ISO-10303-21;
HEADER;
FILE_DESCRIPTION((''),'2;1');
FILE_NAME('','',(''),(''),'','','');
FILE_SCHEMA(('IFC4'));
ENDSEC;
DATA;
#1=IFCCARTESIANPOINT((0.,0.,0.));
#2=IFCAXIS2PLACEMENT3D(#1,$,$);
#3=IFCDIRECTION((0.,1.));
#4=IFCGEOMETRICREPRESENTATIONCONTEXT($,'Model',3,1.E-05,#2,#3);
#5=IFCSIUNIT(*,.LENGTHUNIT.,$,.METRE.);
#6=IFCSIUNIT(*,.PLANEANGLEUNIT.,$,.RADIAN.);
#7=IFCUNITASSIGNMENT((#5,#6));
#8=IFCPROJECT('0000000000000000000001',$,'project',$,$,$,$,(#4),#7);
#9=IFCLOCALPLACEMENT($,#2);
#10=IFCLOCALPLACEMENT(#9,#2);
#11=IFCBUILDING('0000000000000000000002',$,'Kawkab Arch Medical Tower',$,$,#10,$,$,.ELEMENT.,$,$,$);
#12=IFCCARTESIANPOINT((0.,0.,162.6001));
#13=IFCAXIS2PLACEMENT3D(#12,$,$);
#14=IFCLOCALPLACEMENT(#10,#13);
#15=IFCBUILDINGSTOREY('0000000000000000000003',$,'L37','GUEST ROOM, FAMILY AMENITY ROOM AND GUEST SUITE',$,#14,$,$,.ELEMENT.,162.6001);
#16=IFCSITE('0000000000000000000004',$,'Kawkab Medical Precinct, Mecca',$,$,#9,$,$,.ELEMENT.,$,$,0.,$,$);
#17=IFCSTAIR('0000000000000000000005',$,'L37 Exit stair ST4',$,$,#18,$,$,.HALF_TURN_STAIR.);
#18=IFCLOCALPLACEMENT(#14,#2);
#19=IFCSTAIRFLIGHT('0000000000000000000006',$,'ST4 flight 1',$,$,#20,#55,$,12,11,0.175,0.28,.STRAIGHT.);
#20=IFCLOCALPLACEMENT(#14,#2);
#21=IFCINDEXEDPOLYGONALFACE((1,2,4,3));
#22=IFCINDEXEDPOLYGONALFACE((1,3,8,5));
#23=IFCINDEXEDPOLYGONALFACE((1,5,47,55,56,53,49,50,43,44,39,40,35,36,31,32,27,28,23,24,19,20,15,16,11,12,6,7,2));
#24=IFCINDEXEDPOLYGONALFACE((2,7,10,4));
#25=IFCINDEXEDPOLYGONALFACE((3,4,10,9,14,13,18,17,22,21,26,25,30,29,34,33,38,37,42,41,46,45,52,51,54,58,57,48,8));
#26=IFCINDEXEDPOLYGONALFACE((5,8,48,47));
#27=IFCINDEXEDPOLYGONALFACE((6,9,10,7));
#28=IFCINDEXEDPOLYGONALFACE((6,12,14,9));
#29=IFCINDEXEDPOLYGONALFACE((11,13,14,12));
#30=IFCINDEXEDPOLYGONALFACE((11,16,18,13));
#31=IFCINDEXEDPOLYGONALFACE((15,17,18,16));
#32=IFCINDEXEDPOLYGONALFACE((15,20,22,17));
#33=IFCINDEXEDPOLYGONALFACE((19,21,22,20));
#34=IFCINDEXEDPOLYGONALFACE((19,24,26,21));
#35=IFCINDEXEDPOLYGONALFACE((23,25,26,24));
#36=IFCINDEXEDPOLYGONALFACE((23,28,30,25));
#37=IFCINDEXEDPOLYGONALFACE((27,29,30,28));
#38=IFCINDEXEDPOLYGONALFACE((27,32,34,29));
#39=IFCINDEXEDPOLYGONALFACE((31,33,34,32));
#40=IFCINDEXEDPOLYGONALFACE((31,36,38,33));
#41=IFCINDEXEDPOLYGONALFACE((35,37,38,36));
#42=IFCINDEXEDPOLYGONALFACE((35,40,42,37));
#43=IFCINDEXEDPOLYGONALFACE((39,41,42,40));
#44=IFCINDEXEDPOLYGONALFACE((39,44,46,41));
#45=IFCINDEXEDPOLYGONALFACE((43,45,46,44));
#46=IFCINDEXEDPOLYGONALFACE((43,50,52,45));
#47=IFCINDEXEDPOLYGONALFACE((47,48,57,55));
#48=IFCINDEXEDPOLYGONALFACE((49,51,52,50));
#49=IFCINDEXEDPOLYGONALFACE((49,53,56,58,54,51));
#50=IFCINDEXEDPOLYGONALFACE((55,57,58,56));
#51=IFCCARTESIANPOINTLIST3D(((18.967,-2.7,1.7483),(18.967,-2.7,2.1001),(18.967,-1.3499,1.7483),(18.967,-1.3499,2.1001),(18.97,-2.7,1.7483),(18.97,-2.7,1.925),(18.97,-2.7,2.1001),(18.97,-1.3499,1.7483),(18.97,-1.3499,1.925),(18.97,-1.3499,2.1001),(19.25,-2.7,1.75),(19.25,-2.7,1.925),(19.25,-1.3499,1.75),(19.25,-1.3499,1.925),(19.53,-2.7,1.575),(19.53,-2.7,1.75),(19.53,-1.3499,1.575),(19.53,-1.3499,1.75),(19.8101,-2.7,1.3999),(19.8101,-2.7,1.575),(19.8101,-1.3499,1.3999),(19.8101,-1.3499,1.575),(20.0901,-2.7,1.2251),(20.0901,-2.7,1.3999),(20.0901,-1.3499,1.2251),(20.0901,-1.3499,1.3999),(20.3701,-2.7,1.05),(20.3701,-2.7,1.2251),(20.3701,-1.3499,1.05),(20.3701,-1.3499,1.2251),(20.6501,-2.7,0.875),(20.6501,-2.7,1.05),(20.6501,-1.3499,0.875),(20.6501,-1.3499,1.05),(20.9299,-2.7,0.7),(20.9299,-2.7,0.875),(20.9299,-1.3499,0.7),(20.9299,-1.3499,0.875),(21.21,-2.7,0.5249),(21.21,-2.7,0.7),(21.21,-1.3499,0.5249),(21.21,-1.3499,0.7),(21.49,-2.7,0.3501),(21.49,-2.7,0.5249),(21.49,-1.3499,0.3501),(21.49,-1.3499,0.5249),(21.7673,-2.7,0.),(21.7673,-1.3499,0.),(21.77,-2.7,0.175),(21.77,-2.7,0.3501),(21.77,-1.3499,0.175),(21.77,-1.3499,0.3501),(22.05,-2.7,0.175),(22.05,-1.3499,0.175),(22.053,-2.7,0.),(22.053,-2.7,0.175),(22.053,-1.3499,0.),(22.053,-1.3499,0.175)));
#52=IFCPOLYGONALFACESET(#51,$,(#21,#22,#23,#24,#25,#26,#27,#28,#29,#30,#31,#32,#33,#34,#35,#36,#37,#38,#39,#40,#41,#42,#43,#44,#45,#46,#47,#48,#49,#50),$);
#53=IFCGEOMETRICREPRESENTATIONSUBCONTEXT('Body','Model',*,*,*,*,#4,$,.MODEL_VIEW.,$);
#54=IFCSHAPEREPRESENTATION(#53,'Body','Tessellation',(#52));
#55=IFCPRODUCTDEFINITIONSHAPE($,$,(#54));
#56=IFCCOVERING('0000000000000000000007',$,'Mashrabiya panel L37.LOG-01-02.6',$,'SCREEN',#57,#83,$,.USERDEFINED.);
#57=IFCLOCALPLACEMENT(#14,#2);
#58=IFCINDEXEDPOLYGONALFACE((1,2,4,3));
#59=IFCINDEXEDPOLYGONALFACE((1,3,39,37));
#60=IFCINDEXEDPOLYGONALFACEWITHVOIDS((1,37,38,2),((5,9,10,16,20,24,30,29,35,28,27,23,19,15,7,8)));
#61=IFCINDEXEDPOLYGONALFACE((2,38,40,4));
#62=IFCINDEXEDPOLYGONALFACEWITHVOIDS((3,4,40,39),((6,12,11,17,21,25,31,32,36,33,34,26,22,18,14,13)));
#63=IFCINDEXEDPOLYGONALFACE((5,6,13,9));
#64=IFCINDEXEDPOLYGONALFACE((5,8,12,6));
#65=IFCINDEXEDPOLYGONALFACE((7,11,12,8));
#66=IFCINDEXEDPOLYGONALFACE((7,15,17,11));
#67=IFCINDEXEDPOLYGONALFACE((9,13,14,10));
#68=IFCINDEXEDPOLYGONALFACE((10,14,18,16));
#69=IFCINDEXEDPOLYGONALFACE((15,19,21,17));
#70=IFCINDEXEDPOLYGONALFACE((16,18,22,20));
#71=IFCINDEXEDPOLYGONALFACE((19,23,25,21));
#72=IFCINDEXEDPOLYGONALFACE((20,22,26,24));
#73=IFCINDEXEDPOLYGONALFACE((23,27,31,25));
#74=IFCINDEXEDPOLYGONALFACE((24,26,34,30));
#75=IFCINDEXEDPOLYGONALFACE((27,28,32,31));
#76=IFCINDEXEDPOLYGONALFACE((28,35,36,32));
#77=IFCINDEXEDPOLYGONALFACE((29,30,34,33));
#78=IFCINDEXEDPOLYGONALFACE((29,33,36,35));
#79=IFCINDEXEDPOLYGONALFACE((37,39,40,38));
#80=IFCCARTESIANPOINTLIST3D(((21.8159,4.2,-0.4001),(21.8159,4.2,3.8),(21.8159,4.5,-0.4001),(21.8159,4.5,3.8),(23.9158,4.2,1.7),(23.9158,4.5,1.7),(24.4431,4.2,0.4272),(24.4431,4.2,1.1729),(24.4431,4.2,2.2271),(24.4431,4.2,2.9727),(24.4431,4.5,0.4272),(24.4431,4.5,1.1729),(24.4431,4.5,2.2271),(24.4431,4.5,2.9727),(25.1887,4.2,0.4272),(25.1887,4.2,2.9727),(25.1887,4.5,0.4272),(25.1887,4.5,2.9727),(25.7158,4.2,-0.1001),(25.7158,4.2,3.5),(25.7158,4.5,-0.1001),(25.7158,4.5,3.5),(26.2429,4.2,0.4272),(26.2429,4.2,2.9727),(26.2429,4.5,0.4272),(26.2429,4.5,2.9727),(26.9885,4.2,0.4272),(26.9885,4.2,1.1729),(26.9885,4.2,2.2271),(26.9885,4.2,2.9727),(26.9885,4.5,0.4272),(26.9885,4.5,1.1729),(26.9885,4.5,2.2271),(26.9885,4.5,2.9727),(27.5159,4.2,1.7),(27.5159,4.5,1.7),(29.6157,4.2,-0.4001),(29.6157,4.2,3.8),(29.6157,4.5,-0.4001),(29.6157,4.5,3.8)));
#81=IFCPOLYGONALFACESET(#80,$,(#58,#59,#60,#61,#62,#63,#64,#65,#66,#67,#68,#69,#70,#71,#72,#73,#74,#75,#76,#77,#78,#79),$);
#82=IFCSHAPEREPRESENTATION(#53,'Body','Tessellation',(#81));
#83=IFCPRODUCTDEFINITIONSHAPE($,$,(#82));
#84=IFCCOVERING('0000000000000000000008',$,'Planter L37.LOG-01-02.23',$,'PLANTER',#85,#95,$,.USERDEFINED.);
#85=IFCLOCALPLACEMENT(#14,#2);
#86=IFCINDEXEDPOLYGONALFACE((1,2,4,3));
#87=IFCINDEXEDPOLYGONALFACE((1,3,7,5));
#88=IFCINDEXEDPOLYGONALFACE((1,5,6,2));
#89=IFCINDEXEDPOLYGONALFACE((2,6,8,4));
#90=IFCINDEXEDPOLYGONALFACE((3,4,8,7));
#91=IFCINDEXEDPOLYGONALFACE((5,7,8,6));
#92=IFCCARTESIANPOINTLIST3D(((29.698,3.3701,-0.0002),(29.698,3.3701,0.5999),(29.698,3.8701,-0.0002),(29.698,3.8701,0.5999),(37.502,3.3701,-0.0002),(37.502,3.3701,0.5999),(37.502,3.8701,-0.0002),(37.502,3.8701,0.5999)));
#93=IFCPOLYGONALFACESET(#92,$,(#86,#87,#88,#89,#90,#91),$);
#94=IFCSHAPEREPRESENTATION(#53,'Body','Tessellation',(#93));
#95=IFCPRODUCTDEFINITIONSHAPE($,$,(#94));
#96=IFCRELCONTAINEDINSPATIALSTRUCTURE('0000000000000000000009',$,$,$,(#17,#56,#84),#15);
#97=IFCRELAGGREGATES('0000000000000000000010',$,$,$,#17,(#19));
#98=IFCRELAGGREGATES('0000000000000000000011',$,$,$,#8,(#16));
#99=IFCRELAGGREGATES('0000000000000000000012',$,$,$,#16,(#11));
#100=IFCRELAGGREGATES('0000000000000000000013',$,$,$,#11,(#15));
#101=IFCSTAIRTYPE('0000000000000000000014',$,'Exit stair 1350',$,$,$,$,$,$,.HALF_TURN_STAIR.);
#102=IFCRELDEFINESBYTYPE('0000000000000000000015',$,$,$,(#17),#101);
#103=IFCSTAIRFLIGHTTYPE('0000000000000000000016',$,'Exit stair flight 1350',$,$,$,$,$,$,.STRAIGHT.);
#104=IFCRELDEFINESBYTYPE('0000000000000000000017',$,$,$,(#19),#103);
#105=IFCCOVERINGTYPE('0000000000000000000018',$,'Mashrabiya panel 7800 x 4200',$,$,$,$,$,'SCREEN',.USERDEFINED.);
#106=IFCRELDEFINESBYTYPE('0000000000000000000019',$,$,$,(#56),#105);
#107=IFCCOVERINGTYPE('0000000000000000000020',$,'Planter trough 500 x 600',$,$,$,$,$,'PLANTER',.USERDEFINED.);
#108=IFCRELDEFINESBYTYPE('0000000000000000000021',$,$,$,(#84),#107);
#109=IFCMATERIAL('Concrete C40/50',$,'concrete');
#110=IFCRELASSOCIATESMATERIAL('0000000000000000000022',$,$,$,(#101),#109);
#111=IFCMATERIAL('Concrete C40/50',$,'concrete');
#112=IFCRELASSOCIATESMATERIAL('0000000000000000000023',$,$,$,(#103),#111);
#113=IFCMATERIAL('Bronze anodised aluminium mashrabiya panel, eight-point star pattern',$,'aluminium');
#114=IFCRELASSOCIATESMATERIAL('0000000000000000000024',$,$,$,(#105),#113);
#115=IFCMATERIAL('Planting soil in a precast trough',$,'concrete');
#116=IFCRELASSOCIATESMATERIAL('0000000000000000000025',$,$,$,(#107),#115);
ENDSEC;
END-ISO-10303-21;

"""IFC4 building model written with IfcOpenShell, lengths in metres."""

from ifc_helpers import new_model, si_unit, direction, frame, origin, origin_2d, place, context, subcontext, project, spatial, polyline, rectangle, outline, extrude, material, material_profile, profile_set, type_object, element, aggregate, save


model = new_model("IFC4")

# Units and contexts
model_context = context("Model", 3, precision=1e-05, world=origin(), true_north=direction((0.0, 1.0)))
body_context = subcontext(model_context, "Body", "Model", "MODEL_VIEW")
ifc_project = project(units=[si_unit("LENGTHUNIT", "METRE"), si_unit("PLANEANGLEUNIT", "RADIAN")], contexts=[model_context])

# Site, building, storey
site_placement = place(None, origin())
site = spatial("IfcSite", under=ifc_project, at=site_placement, Name="Kawkab Medical Precinct, Mecca", CompositionType="ELEMENT", RefElevation=0.0)
building_placement = place(site_placement, origin())
building = spatial("IfcBuilding", under=site, at=building_placement, Name="Kawkab Arch Medical Tower", CompositionType="ELEMENT")
storey_placement = place(building_placement, frame((0.0, 0.0, 162.6001)))
storey = spatial("IfcBuildingStorey", under=building, at=storey_placement, Name="L37", Description="GUEST ROOM, FAMILY AMENITY ROOM AND GUEST SUITE", CompositionType="ELEMENT", Elevation=162.6001)

# Shared definitions
placement = place(storey_placement, origin())

# Stair, stair flight
ifc_material_1 = material(Name="Concrete C40/50", Category="concrete")
stair_type = type_object("IfcStairType", Name="Exit stair 1350", PredefinedType="HALF_TURN_STAIR", material=ifc_material_1)
stair = element("IfcStair", 1, at=placement, inside=storey, type_object=stair_type, Name="L37 Exit stair ST4", PredefinedType="HALF_TURN_STAIR")
ifc_material_2 = material(Name="Concrete C40/50", Category="concrete")
stair_flight_type = type_object("IfcStairFlightType", Name="Exit stair flight 1350", PredefinedType="STRAIGHT", material=ifc_material_2)
stair_flight_placement = place(storey_placement, frame((22.05, -2.0249, 0.0), z_axis=(0.0, 0.0, 1.0), x_axis=(-1.0, 0.0, 0.0)))
stair_flight = element("IfcStairFlight", 2, at=stair_flight_placement, type_object=stair_flight_type, Name="ST4 flight 1", NumberOfRisers=12, NumberOfTreads=11, PredefinedType="STRAIGHT", RiserHeight=0.175, TreadLength=0.28, context=body_context, shape_type="SweptSolid", body=[
    extrude(outline(polyline([(-0.0029, 0.0), (-0.0029, 0.175), (0.0, 0.175), (0.28, 0.175), (0.28, 0.3501), (0.5601, 0.3501), (0.5601, 0.5249), (0.8401, 0.5249), (0.8401, 0.7), (1.1201, 0.7), (1.1201, 0.875), (1.3999, 0.875), (1.3999, 1.05), (1.6799, 1.05), (1.6799, 1.2251), (1.96, 1.2251), (1.96, 1.3999), (2.24, 1.3999), (2.24, 1.575), (2.52, 1.575), (2.52, 1.75), (2.8, 1.75), (2.8, 1.925), (3.0801, 1.925), (3.0801, 2.1001), (3.083, 2.1001), (3.083, 1.7483), (3.0801, 1.7483), (0.2827, 0.0), (-0.0029, 0.0)])), frame((0.0, 0.675, 0.0), z_axis=(0.0, -1.0, 0.0), x_axis=(1.0, 0.0, 0.0)), (0.0, 0.0, 1.0), 1.3501),
])
aggregate(stair, [stair_flight])

# Coverings
ifc_material_3 = material(Name="Bronze anodised aluminium mashrabiya panel, eight-point star pattern", Category="aluminium")
ifc_material_profile_1 = material_profile(ifc_material_3, outline(polyline([(-3.8999, -2.1001), (3.8999, -2.1001), (3.8999, 2.1001), (-3.8999, 2.1001), (-3.8999, -2.1001)]), holes=[polyline([(1.8, 0.0), (1.2727, 0.5271), (1.2727, 1.2727), (0.5271, 1.2727), (0.0, 1.8), (-0.5271, 1.2727), (-1.2727, 1.2727), (-1.2727, 0.5271), (-1.8, 0.0), (-1.2727, -0.5271), (-1.2727, -1.2727), (-0.5271, -1.2727), (0.0, -1.8), (0.5271, -1.2727), (1.2727, -1.2727), (1.2727, -0.5271), (1.8, 0.0)])]), Name="Mashrabiya panel 7800x4200")
ifc_profile_set_1 = profile_set([ifc_material_profile_1], Name="Bronze anodised aluminium mashrabiya panel, eight-point star pattern")
covering_type_1 = type_object("IfcCoveringType", Name="Mashrabiya panel 7800 x 4200", ElementType="SCREEN", PredefinedType="USERDEFINED", material=ifc_profile_set_1)
covering_1_placement = place(storey_placement, frame((25.7158, 4.2, 1.7), z_axis=(0.0, 1.0, 0.0), x_axis=(-1.0, 0.0, 0.0)))
element("IfcCovering", 3, at=covering_1_placement, inside=storey, type_object=covering_type_1, Name="Mashrabiya panel L37.LOG-01-02.6", ObjectType="SCREEN", PredefinedType="USERDEFINED", context=body_context, shape_type="SweptSolid", body=[
    extrude(outline(polyline([(-3.8999, -2.1001), (3.8999, -2.1001), (3.8999, 2.1001), (-3.8999, 2.1001), (-3.8999, -2.1001)]), holes=[polyline([(1.8, 0.0), (1.2727, 0.5271), (1.2727, 1.2727), (0.5271, 1.2727), (0.0, 1.8), (-0.5271, 1.2727), (-1.2727, 1.2727), (-1.2727, 0.5271), (-1.8, 0.0), (-1.2727, -0.5271), (-1.2727, -1.2727), (-0.5271, -1.2727), (0.0, -1.8), (0.5271, -1.2727), (1.2727, -1.2727), (1.2727, -0.5271), (1.8, 0.0)])]), origin(), (0.0, 0.0, 1.0), 0.3),
])
ifc_material_4 = material(Name="Planting soil in a precast trough", Category="concrete")
ifc_material_profile_2 = material_profile(ifc_material_4, rectangle(XDim=0.5, YDim=0.6001, at=origin_2d()), Name="Trough 500x600")
ifc_profile_set_2 = profile_set([ifc_material_profile_2], Name="Planting soil in a precast trough")
covering_type_2 = type_object("IfcCoveringType", Name="Planter trough 500 x 600", ElementType="PLANTER", PredefinedType="USERDEFINED", material=ifc_profile_set_2)
covering_2_placement = place(storey_placement, frame((29.698, 3.6201, 0.2998), z_axis=(1.0, 0.0, 0.0), x_axis=(0.0, 1.0, 0.0)))
element("IfcCovering", 4, at=covering_2_placement, inside=storey, type_object=covering_type_2, Name="Planter L37.LOG-01-02.23", ObjectType="PLANTER", PredefinedType="USERDEFINED", context=body_context, shape_type="SweptSolid", body=[
    extrude(rectangle(XDim=0.5, YDim=0.6001, at=origin_2d()), origin(), (0.0, 0.0, 1.0), 7.804),
])

save(model, "model.ifc")
